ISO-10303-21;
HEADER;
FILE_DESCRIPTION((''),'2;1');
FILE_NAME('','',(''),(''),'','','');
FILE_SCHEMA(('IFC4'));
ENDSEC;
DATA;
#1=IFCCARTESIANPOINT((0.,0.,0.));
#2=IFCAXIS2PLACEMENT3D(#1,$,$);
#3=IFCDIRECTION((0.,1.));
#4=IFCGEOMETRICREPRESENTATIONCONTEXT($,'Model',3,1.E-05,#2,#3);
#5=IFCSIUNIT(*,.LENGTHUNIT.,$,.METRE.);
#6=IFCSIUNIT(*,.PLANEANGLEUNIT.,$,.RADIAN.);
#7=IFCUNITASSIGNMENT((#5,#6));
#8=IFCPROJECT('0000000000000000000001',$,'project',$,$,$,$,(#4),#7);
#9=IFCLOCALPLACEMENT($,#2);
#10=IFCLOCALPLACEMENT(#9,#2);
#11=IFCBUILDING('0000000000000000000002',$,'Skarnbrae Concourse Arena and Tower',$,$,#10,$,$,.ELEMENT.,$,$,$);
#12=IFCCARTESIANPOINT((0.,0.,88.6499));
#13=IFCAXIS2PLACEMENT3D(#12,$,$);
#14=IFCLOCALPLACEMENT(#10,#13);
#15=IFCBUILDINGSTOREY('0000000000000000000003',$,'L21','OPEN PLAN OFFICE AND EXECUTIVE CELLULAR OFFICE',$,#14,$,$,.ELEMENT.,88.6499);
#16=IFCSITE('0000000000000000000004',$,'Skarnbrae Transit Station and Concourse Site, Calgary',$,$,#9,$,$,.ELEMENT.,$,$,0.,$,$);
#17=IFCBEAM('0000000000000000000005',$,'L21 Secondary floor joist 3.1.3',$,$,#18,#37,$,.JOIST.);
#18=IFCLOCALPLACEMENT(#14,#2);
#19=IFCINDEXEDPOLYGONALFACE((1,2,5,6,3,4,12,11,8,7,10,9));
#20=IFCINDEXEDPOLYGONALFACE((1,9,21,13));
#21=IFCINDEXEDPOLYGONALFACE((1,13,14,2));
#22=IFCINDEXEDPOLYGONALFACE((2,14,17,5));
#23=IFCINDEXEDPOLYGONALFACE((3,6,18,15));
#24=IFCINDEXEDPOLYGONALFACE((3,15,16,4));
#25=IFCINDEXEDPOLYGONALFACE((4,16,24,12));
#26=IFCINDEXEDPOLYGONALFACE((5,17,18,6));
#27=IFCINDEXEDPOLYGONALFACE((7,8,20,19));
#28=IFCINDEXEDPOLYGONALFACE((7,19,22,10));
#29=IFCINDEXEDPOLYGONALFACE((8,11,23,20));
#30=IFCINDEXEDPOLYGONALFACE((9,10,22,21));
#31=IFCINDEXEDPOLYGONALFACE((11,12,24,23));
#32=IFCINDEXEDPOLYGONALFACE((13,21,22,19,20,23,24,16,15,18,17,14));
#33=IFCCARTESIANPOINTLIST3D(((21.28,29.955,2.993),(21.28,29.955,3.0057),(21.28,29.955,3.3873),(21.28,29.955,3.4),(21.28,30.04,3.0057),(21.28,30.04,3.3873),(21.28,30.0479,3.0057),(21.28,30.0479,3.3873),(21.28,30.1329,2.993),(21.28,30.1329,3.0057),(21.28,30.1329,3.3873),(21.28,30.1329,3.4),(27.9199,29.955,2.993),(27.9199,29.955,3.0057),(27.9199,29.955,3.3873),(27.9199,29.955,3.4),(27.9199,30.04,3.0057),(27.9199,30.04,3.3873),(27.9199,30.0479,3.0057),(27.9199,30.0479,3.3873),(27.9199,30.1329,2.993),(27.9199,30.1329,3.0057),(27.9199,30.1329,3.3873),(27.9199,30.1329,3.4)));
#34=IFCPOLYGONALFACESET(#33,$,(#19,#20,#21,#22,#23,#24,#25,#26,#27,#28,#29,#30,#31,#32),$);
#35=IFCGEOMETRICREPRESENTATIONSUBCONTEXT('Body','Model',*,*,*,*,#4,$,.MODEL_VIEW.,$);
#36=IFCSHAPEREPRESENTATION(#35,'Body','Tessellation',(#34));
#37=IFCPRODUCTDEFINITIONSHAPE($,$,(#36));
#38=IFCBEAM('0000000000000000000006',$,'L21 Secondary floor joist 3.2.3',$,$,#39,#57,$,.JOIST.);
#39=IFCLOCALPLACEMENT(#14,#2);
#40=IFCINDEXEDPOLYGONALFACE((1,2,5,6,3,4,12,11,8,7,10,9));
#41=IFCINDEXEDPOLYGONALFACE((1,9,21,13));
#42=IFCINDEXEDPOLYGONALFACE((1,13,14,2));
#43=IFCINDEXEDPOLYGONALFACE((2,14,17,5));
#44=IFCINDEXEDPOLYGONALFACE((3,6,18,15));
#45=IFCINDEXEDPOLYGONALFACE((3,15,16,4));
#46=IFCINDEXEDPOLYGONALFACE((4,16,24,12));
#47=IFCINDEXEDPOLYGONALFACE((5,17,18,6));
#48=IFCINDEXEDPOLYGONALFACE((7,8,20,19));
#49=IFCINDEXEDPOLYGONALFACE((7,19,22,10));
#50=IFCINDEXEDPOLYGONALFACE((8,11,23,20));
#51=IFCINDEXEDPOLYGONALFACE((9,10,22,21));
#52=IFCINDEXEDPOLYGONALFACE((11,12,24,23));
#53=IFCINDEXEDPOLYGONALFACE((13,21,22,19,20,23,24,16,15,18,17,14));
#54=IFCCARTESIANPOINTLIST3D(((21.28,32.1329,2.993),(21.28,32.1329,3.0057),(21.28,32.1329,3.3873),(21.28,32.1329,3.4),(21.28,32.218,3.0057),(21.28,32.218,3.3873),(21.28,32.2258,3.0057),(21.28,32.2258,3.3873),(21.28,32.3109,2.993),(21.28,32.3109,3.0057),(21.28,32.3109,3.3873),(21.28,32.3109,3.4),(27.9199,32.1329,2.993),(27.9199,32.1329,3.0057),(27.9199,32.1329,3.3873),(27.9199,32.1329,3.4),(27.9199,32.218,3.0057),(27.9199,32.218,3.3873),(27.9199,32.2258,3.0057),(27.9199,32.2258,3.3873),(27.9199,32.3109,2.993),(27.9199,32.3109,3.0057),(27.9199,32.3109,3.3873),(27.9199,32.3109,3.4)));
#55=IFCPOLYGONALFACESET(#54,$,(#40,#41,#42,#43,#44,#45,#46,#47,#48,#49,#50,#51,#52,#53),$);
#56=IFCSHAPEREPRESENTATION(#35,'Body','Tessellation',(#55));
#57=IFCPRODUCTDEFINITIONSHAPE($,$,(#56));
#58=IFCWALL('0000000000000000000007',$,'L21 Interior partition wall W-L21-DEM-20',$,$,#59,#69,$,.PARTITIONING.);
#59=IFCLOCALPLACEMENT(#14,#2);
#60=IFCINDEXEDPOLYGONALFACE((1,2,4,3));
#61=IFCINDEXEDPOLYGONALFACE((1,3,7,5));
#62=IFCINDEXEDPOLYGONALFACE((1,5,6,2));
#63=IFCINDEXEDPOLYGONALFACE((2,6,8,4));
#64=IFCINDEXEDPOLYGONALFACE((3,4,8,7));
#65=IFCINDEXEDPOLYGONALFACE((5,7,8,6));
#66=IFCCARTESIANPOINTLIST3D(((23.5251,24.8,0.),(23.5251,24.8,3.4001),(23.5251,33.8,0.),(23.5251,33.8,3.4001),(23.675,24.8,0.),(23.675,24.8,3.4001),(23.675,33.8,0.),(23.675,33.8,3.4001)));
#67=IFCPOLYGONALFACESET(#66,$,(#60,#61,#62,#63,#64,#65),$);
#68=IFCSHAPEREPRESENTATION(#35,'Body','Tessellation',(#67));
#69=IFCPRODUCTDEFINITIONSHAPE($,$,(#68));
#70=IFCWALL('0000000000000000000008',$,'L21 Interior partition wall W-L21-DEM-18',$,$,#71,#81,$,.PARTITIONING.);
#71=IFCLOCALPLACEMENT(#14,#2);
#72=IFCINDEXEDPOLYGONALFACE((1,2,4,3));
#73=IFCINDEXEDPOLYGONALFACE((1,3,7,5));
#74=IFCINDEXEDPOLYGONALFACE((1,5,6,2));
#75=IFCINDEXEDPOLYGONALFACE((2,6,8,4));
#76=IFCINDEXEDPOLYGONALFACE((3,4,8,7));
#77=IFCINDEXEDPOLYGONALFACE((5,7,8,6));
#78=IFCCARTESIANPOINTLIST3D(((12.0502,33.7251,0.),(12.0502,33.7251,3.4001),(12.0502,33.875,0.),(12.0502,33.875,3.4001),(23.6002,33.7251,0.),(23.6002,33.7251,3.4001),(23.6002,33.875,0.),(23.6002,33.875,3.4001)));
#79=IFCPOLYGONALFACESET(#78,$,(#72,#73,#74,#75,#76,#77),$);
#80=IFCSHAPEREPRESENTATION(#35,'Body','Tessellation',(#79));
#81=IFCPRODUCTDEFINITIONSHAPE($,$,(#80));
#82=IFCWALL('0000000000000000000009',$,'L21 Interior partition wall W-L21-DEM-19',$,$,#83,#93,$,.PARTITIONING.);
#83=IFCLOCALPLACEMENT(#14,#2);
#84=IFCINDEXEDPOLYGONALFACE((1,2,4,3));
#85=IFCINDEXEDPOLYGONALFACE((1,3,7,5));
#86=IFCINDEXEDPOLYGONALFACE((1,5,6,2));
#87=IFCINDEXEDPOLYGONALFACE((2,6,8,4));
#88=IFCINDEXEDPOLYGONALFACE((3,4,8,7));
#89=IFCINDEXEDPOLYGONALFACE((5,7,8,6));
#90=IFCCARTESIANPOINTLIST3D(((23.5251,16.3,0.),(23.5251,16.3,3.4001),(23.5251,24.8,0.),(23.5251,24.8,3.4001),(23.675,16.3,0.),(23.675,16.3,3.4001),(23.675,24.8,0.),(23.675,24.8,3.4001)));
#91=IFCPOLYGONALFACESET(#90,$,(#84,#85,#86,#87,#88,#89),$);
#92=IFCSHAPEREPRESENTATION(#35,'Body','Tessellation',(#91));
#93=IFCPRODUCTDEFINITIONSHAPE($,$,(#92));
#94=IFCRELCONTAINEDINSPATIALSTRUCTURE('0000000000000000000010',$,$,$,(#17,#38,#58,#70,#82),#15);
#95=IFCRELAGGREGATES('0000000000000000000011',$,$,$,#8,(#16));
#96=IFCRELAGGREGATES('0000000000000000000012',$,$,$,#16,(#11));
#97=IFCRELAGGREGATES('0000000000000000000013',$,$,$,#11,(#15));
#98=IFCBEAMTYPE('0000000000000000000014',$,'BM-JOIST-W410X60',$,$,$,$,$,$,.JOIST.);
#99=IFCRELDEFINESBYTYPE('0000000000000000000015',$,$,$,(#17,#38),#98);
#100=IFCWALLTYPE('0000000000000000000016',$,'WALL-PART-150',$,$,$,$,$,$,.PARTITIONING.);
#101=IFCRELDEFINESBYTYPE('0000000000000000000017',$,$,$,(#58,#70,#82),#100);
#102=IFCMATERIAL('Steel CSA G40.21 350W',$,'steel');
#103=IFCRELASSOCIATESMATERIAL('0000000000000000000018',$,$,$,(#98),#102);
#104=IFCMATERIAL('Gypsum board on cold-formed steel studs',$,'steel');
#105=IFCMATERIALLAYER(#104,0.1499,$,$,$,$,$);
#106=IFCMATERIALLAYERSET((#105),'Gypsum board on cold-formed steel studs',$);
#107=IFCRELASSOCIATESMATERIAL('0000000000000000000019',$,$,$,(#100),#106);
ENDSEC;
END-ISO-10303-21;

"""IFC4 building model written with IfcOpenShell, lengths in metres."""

from ifc_helpers import new_model, si_unit, direction, frame, frame_2d, origin, origin_2d, place, context, subcontext, project, spatial, rectangle, i_section, extrude, source, transform, mapped, material, layer, layer_set, material_profile, profile_set, type_object, element, save


model = new_model("IFC4")

# Units and contexts
model_context = context("Model", 3, precision=1e-05, world=origin(), true_north=direction((0.0, 1.0)))
body_context = subcontext(model_context, "Body", "Model", "MODEL_VIEW")
ifc_project = project(units=[si_unit("LENGTHUNIT", "METRE"), si_unit("PLANEANGLEUNIT", "RADIAN")], contexts=[model_context])

# Site, building, storey
site_placement = place(None, origin())
site = spatial("IfcSite", under=ifc_project, at=site_placement, Name="Skarnbrae Transit Station and Concourse Site, Calgary", CompositionType="ELEMENT", RefElevation=0.0)
building_placement = place(site_placement, origin())
building = spatial("IfcBuilding", under=site, at=building_placement, Name="Skarnbrae Concourse Arena and Tower", CompositionType="ELEMENT")
storey_placement = place(building_placement, frame((0.0, 0.0, 88.6499)))
storey = spatial("IfcBuildingStorey", under=building, at=storey_placement, Name="L21", Description="OPEN PLAN OFFICE AND EXECUTIVE CELLULAR OFFICE", CompositionType="ELEMENT", Elevation=88.6499)

# Shared definitions
ifc_material_1 = material(Name="Steel CSA G40.21 350W", Category="steel")

# Beams
ifc_material_profile_1 = material_profile(ifc_material_1, i_section(OverallWidth=0.178, OverallDepth=0.407, WebThickness=0.0078, FlangeThickness=0.0127, at=origin_2d()), Name="W410X60")
ifc_profile_set_1 = profile_set([ifc_material_profile_1], Name="Steel CSA G40.21 350W")
beam_type_1 = type_object("IfcBeamType", Name="BM-JOIST-W410X60", PredefinedType="JOIST", material=ifc_profile_set_1)
shared_shape_1 = source(origin(), body_context, "Body", "SweptSolid", [
    extrude(i_section(OverallWidth=0.178, OverallDepth=0.407, WebThickness=0.0078, FlangeThickness=0.0127, at=origin_2d()), origin(), (0.0, 0.0, 1.0), 6.6399),
])
for number, where, z_axis, x_axis, name in (
    (1, (21.28, 30.0439, 3.1965), (1.0, 0.0, 0.0), (0.0, 1.0, 0.0), "L21 Secondary floor joist 3.1.3"),
    (2, (21.28, 32.2219, 3.1965), (1.0, 0.0, 0.0), (0.0, 1.0, 0.0), "L21 Secondary floor joist 3.2.3"),
):
    element("IfcBeam", number, at=place(storey_placement, frame(where, z_axis=z_axis, x_axis=x_axis)), inside=storey, type_object=beam_type_1, Name=name, PredefinedType="JOIST", context=body_context, shape_type="MappedRepresentation", body=[
        mapped(shared_shape_1, transform((0.0, 0.0, 0.0))),
    ])

# Walls
ifc_material_2 = material(Name="Gypsum board on cold-formed steel studs", Category="steel")
ifc_layer = layer(ifc_material_2, 0.1499)
ifc_layer_set = layer_set([ifc_layer], Name="Gypsum board on cold-formed steel studs")
wall_type = type_object("IfcWallType", Name="WALL-PART-150", PredefinedType="PARTITIONING", material=ifc_layer_set)
shared_shape_2 = source(origin(), body_context, "Body", "SweptSolid", [
    extrude(rectangle(XDim=9.0, YDim=0.1499, at=frame_2d((4.5, 0.0))), origin(), (0.0, 0.0, 1.0), 3.4001),
])
wall_1_placement = place(storey_placement, frame((23.6001, 33.8, 0.0), z_axis=(0.0, 0.0, 1.0), x_axis=(0.0, -1.0, 0.0)))
element("IfcWall", 3, at=wall_1_placement, inside=storey, type_object=wall_type, Name="L21 Interior partition wall W-L21-DEM-20", PredefinedType="PARTITIONING", context=body_context, shape_type="MappedRepresentation", body=[
    mapped(shared_shape_2, transform((0.0, 0.0, 0.0))),
])
shared_shape_3 = source(origin(), body_context, "Body", "SweptSolid", [
    extrude(rectangle(XDim=11.55, YDim=0.1499, at=frame_2d((5.7749, 0.0))), origin(), (0.0, 0.0, 1.0), 3.4001),
])
wall_2_placement = place(storey_placement, frame((23.6001, 33.8, 0.0), z_axis=(0.0, 0.0, 1.0), x_axis=(-1.0, 0.0, 0.0)))
element("IfcWall", 4, at=wall_2_placement, inside=storey, type_object=wall_type, Name="L21 Interior partition wall W-L21-DEM-18", PredefinedType="PARTITIONING", context=body_context, shape_type="MappedRepresentation", body=[
    mapped(shared_shape_3, transform((0.0, 0.0, 0.0))),
])
shared_shape_4 = source(origin(), body_context, "Body", "SweptSolid", [
    extrude(rectangle(XDim=8.5, YDim=0.1499, at=frame_2d((4.25, 0.0))), origin(), (0.0, 0.0, 1.0), 3.4001),
])
wall_3_placement = place(storey_placement, frame((23.6001, 24.8, 0.0), z_axis=(0.0, 0.0, 1.0), x_axis=(0.0, -1.0, 0.0)))
element("IfcWall", 5, at=wall_3_placement, inside=storey, type_object=wall_type, Name="L21 Interior partition wall W-L21-DEM-19", PredefinedType="PARTITIONING", context=body_context, shape_type="MappedRepresentation", body=[
    mapped(shared_shape_4, transform((0.0, 0.0, 0.0))),
])

save(model, "model.ifc")
